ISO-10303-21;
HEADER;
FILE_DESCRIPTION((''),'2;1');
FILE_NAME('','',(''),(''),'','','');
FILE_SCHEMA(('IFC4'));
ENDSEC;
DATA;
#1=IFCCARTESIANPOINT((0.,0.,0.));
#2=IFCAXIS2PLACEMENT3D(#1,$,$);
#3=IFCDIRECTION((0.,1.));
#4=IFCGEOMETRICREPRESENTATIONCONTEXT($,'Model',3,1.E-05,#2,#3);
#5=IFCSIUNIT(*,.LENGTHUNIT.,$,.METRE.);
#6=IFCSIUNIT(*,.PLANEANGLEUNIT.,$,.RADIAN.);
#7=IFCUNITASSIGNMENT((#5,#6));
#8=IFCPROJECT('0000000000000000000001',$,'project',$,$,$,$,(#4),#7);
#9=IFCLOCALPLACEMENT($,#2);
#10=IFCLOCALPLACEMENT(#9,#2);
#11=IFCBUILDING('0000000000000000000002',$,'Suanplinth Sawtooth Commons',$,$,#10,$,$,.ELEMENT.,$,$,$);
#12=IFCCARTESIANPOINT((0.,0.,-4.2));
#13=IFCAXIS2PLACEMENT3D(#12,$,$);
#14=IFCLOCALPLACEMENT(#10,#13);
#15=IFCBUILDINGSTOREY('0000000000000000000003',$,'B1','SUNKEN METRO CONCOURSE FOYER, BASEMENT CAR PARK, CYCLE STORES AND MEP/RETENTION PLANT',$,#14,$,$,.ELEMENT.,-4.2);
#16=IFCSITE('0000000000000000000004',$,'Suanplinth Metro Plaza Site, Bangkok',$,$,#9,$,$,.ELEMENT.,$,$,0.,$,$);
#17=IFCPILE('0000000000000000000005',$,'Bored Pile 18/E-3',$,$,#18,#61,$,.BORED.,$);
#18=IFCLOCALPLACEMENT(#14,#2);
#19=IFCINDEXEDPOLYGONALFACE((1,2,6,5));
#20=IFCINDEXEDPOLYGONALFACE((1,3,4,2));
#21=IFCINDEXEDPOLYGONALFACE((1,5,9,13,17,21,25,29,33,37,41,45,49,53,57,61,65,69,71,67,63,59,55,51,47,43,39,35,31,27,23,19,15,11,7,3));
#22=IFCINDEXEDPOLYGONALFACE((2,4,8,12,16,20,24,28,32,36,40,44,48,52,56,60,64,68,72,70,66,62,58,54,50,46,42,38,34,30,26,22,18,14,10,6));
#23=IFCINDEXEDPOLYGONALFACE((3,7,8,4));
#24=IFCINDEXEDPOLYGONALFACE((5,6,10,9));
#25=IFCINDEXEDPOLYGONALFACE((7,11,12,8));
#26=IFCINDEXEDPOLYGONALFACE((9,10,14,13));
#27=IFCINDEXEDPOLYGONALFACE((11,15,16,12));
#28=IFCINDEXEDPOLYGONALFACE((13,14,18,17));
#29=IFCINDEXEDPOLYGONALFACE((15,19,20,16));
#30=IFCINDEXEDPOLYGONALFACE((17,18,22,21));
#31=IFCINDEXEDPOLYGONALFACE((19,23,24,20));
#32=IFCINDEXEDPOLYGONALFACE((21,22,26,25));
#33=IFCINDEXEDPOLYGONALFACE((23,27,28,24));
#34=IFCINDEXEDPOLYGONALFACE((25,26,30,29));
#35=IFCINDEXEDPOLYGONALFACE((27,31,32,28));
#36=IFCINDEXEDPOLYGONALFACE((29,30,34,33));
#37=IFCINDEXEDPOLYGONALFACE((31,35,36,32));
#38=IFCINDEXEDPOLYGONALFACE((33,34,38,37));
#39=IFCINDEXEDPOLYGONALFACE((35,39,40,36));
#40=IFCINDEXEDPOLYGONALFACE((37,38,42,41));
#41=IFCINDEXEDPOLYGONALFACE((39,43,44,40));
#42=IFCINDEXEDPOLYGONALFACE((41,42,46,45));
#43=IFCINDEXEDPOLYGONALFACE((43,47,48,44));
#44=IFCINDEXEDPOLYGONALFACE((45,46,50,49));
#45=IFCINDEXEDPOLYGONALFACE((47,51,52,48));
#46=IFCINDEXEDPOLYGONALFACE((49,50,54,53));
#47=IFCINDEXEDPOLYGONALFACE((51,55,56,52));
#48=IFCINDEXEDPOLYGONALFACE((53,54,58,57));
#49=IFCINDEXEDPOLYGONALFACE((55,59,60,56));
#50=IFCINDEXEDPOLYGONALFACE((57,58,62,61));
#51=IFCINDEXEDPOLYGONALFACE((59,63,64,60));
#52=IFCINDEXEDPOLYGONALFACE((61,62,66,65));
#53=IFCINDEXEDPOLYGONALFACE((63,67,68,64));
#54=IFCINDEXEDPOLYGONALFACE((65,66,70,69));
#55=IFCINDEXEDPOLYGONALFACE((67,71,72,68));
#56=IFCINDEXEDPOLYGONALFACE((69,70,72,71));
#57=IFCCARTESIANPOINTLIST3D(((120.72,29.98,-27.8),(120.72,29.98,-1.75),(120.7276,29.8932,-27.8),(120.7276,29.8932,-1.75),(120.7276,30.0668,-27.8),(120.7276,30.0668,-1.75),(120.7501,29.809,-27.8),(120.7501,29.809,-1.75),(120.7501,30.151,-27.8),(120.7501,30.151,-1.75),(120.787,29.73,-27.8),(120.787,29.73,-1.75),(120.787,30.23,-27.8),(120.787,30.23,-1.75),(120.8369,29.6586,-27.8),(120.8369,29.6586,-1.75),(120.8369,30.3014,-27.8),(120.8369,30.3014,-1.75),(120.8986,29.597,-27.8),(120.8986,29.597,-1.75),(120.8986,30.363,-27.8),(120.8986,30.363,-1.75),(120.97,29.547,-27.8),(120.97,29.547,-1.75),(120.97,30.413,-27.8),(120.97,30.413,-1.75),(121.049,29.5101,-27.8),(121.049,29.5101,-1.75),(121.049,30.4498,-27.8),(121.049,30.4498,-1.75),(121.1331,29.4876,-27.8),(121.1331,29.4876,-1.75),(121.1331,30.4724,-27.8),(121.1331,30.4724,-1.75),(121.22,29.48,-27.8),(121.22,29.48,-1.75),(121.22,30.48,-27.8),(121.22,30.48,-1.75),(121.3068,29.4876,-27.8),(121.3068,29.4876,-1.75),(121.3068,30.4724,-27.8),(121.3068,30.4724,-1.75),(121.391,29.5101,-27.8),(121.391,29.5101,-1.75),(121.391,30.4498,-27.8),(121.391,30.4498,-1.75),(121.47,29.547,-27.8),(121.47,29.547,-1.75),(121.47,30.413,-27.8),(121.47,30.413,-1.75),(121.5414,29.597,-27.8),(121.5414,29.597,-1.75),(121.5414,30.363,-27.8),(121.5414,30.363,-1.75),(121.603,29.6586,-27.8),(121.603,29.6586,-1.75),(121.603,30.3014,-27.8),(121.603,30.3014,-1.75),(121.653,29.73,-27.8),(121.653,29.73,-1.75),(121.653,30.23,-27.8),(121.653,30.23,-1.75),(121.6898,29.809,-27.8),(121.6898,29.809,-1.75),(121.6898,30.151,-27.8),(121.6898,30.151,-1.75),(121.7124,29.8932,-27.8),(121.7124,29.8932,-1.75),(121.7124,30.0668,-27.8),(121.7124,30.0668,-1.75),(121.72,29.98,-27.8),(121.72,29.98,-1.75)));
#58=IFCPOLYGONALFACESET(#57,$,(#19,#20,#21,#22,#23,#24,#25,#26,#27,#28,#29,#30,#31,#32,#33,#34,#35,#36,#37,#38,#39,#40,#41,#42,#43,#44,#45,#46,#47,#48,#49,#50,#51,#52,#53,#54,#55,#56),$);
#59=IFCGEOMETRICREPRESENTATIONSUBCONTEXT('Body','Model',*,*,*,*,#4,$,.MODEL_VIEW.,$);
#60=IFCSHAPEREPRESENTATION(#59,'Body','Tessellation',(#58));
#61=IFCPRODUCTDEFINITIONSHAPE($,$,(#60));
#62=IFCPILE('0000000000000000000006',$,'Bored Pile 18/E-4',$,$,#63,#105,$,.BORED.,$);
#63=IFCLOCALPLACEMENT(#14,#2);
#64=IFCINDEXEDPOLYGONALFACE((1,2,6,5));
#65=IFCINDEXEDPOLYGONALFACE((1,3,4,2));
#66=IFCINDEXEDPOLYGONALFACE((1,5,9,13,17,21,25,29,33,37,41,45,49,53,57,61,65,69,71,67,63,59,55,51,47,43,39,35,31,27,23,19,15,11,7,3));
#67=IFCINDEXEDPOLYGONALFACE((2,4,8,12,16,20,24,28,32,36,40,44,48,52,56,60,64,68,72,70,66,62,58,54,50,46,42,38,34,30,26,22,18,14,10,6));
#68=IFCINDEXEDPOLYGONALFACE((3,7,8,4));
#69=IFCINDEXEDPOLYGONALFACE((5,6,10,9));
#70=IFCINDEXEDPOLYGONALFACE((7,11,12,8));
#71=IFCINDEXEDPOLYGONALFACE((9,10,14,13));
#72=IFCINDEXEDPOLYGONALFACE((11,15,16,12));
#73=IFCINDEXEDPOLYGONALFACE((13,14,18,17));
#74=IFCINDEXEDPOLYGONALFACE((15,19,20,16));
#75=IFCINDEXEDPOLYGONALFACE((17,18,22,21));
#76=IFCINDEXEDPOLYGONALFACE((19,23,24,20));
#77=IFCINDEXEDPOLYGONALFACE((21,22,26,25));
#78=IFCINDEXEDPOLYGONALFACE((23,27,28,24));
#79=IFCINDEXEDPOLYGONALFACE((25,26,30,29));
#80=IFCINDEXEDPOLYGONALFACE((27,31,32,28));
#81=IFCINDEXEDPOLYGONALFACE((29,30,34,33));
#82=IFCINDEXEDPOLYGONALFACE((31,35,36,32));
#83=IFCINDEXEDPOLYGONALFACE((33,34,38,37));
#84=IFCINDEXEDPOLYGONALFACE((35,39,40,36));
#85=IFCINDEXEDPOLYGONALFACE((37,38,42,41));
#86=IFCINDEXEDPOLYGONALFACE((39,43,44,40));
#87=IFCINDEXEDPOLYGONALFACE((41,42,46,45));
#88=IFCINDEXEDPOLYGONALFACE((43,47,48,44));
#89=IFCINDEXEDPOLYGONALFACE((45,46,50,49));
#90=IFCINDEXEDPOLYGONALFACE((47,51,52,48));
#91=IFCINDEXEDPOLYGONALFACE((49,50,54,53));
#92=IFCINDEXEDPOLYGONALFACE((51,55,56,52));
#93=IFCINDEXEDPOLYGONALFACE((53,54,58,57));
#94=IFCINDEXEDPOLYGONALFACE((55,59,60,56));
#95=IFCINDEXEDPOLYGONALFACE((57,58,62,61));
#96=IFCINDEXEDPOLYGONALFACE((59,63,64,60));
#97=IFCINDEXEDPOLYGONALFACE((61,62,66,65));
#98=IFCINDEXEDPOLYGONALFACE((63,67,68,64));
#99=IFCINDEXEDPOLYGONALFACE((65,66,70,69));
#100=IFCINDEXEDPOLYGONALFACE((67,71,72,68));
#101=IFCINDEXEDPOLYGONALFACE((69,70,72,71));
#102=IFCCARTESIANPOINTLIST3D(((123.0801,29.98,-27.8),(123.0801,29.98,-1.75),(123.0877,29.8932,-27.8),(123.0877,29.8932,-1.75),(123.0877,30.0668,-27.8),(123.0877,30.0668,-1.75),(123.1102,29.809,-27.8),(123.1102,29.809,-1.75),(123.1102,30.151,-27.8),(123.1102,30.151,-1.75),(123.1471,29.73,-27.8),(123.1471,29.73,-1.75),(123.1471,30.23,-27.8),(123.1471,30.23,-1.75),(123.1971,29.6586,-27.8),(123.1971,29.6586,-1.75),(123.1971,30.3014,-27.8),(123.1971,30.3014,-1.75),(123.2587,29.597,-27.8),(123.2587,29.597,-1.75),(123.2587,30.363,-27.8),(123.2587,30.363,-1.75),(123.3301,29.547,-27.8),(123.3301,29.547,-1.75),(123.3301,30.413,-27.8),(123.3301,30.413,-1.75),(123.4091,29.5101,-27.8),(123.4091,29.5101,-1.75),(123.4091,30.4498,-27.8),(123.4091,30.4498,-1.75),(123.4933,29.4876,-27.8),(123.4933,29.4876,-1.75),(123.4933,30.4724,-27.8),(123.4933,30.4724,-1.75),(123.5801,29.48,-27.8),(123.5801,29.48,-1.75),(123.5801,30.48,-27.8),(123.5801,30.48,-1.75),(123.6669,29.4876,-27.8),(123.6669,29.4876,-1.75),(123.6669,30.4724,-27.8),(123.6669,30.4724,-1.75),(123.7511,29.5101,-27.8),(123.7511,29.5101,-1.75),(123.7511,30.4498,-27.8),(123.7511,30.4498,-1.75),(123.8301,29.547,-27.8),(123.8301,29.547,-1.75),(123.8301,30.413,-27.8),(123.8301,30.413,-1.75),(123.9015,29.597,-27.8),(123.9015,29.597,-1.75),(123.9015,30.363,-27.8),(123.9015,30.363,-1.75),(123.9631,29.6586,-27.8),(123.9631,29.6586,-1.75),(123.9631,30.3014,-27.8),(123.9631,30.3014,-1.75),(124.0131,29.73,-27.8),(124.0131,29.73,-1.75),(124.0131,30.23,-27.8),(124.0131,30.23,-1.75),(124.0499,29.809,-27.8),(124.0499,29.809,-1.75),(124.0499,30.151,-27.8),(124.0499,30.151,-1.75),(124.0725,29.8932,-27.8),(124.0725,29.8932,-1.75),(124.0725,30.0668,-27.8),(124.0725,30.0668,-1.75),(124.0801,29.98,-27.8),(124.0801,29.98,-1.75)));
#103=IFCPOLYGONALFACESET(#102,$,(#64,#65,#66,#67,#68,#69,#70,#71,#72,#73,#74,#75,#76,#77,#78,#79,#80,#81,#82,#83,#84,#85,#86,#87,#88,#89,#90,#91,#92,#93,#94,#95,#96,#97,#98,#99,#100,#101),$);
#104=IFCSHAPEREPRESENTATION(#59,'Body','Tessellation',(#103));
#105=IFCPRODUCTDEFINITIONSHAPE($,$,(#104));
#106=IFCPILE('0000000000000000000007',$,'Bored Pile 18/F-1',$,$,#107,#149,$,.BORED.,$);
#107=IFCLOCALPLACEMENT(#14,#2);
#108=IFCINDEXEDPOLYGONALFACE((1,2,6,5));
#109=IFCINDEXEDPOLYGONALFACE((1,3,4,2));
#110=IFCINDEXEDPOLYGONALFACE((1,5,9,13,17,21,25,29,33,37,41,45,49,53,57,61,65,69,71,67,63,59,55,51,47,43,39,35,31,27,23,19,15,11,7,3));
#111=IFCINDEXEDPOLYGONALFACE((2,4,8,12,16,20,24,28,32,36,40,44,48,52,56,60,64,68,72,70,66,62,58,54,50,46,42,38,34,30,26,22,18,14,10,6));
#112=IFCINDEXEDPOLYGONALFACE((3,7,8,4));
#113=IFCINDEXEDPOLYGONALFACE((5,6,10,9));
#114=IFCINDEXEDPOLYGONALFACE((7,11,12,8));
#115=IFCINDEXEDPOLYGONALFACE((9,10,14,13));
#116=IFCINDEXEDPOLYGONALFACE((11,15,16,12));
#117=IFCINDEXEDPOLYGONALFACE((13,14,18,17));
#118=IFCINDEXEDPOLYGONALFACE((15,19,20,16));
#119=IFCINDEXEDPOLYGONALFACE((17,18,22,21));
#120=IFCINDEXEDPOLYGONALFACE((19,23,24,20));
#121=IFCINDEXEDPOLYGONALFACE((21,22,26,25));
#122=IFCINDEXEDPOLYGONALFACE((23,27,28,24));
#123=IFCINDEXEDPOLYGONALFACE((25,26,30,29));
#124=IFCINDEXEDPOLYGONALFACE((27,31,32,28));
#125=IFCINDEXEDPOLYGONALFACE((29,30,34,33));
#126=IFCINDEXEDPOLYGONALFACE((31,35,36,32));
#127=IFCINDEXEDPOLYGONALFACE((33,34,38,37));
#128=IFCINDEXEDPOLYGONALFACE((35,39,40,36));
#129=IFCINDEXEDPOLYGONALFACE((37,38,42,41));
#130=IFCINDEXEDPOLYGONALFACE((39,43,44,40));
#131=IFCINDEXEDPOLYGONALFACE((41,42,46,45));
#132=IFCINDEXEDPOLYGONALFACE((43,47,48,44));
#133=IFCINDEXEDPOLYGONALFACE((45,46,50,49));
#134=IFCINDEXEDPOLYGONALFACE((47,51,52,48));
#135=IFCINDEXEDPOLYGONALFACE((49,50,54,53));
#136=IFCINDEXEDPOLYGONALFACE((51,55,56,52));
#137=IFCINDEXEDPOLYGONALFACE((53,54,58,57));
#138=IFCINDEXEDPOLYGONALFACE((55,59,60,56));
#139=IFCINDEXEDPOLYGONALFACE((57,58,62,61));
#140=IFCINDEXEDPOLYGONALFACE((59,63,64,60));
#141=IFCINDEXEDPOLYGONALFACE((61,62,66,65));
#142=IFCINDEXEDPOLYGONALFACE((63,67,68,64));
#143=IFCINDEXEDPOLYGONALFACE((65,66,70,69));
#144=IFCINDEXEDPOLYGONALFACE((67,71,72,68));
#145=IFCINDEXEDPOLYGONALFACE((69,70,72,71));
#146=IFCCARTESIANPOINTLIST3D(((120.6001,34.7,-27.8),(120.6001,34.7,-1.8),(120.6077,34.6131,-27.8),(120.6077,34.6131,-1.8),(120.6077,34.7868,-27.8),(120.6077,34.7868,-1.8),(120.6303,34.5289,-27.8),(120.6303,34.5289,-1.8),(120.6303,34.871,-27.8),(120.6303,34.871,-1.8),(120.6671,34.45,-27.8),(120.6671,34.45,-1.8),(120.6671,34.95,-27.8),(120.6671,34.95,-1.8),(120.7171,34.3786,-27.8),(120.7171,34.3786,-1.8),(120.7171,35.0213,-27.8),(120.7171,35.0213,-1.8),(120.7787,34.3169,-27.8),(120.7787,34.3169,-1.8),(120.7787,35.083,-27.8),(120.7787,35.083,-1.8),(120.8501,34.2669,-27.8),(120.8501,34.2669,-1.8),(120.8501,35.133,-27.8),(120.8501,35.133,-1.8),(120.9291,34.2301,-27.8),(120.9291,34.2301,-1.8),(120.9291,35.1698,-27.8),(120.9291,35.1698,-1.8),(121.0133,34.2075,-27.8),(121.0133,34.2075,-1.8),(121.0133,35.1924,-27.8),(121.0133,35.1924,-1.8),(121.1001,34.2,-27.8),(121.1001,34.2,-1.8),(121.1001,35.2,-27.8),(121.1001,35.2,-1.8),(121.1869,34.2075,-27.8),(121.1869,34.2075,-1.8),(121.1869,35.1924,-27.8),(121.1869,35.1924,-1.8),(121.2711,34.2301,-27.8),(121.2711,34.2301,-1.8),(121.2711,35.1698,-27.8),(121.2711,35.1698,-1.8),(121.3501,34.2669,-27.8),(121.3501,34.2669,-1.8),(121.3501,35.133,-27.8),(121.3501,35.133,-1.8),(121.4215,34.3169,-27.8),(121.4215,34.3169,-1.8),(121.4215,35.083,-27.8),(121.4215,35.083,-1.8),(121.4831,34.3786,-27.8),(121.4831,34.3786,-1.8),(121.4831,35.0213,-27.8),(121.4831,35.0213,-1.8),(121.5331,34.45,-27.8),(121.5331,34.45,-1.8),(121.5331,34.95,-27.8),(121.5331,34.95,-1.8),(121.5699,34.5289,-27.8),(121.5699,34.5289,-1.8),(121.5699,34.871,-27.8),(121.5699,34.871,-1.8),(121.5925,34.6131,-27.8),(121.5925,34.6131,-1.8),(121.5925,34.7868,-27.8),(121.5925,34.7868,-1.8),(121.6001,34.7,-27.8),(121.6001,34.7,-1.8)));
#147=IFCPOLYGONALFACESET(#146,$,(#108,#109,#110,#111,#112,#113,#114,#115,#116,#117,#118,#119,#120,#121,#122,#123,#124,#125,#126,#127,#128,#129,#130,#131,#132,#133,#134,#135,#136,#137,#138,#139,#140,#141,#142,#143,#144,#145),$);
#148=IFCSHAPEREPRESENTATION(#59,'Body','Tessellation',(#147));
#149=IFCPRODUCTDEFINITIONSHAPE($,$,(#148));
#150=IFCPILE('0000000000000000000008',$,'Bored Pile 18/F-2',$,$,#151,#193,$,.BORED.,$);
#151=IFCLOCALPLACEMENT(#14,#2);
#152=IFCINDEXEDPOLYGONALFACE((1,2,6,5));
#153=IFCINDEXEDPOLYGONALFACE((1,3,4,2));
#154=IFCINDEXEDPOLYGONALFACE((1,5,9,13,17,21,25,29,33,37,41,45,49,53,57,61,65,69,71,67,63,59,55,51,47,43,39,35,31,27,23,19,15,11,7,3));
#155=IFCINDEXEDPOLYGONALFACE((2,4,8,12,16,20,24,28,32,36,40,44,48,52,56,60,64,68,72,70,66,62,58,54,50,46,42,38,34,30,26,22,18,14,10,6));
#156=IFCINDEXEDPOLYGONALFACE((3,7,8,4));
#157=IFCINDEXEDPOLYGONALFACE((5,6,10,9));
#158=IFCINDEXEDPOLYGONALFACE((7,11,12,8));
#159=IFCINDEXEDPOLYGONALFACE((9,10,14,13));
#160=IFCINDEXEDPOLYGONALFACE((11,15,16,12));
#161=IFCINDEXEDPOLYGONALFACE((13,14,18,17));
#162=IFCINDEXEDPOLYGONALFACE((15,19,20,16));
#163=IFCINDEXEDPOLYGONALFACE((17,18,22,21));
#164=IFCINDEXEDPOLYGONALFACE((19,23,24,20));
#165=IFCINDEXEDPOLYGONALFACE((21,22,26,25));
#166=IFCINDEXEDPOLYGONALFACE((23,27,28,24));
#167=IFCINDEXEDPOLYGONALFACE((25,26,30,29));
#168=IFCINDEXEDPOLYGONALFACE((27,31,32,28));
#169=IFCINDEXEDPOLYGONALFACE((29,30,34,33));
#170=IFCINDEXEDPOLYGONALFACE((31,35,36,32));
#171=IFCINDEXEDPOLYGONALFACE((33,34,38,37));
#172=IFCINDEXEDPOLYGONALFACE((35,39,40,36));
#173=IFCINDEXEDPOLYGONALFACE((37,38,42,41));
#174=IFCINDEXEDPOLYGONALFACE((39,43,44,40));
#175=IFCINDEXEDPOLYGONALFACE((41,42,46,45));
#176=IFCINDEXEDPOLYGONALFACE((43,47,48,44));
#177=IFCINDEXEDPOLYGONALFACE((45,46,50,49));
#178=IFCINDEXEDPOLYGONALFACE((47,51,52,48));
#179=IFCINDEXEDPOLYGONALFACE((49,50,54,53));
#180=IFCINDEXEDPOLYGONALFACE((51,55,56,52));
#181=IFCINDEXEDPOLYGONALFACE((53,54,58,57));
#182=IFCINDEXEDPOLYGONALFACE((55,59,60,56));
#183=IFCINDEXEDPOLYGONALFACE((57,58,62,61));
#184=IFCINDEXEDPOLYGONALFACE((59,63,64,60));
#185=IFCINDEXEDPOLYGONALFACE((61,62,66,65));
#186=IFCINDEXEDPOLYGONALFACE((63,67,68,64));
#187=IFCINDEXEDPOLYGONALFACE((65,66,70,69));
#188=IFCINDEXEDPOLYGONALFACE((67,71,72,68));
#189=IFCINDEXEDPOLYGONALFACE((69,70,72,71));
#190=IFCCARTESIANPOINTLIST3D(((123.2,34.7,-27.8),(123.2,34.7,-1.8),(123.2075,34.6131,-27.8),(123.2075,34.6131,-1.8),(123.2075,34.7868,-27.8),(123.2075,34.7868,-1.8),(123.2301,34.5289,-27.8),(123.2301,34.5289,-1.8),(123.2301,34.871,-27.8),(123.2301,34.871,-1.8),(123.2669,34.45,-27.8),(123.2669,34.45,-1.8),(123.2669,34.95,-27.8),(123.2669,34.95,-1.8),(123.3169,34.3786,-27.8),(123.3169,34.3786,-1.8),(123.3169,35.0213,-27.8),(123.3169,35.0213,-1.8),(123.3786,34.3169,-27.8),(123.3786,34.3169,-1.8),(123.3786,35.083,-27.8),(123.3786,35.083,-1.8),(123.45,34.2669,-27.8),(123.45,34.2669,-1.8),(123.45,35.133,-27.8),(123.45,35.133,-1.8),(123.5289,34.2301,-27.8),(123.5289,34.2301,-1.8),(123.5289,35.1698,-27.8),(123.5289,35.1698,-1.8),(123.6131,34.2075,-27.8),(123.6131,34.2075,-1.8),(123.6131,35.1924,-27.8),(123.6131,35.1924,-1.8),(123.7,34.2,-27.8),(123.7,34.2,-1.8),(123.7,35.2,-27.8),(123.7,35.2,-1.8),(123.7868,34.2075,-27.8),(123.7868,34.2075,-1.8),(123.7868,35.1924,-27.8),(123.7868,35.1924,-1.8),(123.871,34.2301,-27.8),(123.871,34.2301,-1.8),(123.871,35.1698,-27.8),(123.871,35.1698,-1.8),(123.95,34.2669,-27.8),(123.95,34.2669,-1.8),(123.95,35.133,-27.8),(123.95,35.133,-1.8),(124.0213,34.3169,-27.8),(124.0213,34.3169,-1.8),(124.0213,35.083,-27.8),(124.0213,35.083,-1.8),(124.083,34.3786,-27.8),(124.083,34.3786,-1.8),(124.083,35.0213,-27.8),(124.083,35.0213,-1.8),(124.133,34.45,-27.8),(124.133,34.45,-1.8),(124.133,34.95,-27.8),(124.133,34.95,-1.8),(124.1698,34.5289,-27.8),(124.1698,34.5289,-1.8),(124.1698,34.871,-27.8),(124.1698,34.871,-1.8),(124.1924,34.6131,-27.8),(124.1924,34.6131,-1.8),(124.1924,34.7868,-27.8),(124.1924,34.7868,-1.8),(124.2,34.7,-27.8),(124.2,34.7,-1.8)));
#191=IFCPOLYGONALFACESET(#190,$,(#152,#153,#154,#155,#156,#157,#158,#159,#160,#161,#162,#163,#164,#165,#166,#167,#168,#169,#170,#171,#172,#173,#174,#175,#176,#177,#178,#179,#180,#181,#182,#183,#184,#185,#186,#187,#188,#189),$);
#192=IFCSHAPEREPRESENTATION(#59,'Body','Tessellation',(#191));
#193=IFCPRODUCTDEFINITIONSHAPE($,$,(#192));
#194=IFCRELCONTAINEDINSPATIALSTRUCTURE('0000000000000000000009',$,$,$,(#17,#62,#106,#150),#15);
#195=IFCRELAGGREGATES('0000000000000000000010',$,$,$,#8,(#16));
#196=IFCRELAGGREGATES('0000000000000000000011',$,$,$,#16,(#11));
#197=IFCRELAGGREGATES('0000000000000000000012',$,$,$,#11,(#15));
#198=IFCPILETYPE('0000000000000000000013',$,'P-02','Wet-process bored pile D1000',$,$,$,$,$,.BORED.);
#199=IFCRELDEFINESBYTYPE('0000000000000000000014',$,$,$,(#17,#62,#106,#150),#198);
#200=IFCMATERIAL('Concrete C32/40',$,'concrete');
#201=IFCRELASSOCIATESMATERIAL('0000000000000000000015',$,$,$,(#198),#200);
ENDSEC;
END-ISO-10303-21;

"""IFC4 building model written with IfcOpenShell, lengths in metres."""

from ifc_helpers import new_model, si_unit, direction, frame, origin, origin_2d, place, context, subcontext, project, spatial, circle, extrude, material, material_profile, profile_set, type_object, element, save


model = new_model("IFC4")

# Units and contexts
model_context = context("Model", 3, precision=1e-05, world=origin(), true_north=direction((0.0, 1.0)))
body_context = subcontext(model_context, "Body", "Model", "MODEL_VIEW")
ifc_project = project(units=[si_unit("LENGTHUNIT", "METRE"), si_unit("PLANEANGLEUNIT", "RADIAN")], contexts=[model_context])

# Site, building, storey
site_placement = place(None, origin())
site = spatial("IfcSite", under=ifc_project, at=site_placement, Name="Suanplinth Metro Plaza Site, Bangkok", CompositionType="ELEMENT", RefElevation=0.0)
building_placement = place(site_placement, origin())
building = spatial("IfcBuilding", under=site, at=building_placement, Name="Suanplinth Sawtooth Commons", CompositionType="ELEMENT")
storey_placement = place(building_placement, frame((0.0, 0.0, -4.2)))
storey = spatial("IfcBuildingStorey", under=building, at=storey_placement, Name="B1", Description="SUNKEN METRO CONCOURSE FOYER, BASEMENT CAR PARK, CYCLE STORES AND MEP/RETENTION PLANT", CompositionType="ELEMENT", Elevation=-4.2)

# Piles
ifc_material_1 = material(Name="Concrete C32/40", Category="concrete")
ifc_material_profile_1 = material_profile(ifc_material_1, circle(Radius=0.5, at=origin_2d()), Name="PILE D1000")
ifc_profile_set_1 = profile_set([ifc_material_profile_1], Name="Concrete C32/40")
pile_type = type_object("IfcPileType", Name="P-02", Description="Wet-process bored pile D1000", PredefinedType="BORED", material=ifc_profile_set_1)
for number, where, z_axis, x_axis, name in (
    (1, (121.22, 29.98, -1.75), (0.0, 0.0, -1.0), (1.0, 0.0, 0.0), "Bored Pile 18/E-3"),
    (2, (123.5801, 29.98, -1.75), (0.0, 0.0, -1.0), (1.0, 0.0, 0.0), "Bored Pile 18/E-4"),
):
    element("IfcPile", number, at=place(storey_placement, frame(where, z_axis=z_axis, x_axis=x_axis)), inside=storey, type_object=pile_type, Name=name, PredefinedType="BORED", context=body_context, shape_type="SweptSolid", body=[
        extrude(circle(Radius=0.5, at=origin_2d()), origin(), (0.0, 0.0, 1.0), 26.05),
    ])
for number, where, z_axis, x_axis, name in (
    (3, (121.1001, 34.7, -1.8), (0.0, 0.0, -1.0), (1.0, 0.0, 0.0), "Bored Pile 18/F-1"),
    (4, (123.7, 34.7, -1.8), (0.0, 0.0, -1.0), (1.0, 0.0, 0.0), "Bored Pile 18/F-2"),
):
    element("IfcPile", number, at=place(storey_placement, frame(where, z_axis=z_axis, x_axis=x_axis)), inside=storey, type_object=pile_type, Name=name, PredefinedType="BORED", context=body_context, shape_type="SweptSolid", body=[
        extrude(circle(Radius=0.5, at=origin_2d()), origin(), (0.0, 0.0, 1.0), 26.0),
    ])

save(model, "model.ifc")
